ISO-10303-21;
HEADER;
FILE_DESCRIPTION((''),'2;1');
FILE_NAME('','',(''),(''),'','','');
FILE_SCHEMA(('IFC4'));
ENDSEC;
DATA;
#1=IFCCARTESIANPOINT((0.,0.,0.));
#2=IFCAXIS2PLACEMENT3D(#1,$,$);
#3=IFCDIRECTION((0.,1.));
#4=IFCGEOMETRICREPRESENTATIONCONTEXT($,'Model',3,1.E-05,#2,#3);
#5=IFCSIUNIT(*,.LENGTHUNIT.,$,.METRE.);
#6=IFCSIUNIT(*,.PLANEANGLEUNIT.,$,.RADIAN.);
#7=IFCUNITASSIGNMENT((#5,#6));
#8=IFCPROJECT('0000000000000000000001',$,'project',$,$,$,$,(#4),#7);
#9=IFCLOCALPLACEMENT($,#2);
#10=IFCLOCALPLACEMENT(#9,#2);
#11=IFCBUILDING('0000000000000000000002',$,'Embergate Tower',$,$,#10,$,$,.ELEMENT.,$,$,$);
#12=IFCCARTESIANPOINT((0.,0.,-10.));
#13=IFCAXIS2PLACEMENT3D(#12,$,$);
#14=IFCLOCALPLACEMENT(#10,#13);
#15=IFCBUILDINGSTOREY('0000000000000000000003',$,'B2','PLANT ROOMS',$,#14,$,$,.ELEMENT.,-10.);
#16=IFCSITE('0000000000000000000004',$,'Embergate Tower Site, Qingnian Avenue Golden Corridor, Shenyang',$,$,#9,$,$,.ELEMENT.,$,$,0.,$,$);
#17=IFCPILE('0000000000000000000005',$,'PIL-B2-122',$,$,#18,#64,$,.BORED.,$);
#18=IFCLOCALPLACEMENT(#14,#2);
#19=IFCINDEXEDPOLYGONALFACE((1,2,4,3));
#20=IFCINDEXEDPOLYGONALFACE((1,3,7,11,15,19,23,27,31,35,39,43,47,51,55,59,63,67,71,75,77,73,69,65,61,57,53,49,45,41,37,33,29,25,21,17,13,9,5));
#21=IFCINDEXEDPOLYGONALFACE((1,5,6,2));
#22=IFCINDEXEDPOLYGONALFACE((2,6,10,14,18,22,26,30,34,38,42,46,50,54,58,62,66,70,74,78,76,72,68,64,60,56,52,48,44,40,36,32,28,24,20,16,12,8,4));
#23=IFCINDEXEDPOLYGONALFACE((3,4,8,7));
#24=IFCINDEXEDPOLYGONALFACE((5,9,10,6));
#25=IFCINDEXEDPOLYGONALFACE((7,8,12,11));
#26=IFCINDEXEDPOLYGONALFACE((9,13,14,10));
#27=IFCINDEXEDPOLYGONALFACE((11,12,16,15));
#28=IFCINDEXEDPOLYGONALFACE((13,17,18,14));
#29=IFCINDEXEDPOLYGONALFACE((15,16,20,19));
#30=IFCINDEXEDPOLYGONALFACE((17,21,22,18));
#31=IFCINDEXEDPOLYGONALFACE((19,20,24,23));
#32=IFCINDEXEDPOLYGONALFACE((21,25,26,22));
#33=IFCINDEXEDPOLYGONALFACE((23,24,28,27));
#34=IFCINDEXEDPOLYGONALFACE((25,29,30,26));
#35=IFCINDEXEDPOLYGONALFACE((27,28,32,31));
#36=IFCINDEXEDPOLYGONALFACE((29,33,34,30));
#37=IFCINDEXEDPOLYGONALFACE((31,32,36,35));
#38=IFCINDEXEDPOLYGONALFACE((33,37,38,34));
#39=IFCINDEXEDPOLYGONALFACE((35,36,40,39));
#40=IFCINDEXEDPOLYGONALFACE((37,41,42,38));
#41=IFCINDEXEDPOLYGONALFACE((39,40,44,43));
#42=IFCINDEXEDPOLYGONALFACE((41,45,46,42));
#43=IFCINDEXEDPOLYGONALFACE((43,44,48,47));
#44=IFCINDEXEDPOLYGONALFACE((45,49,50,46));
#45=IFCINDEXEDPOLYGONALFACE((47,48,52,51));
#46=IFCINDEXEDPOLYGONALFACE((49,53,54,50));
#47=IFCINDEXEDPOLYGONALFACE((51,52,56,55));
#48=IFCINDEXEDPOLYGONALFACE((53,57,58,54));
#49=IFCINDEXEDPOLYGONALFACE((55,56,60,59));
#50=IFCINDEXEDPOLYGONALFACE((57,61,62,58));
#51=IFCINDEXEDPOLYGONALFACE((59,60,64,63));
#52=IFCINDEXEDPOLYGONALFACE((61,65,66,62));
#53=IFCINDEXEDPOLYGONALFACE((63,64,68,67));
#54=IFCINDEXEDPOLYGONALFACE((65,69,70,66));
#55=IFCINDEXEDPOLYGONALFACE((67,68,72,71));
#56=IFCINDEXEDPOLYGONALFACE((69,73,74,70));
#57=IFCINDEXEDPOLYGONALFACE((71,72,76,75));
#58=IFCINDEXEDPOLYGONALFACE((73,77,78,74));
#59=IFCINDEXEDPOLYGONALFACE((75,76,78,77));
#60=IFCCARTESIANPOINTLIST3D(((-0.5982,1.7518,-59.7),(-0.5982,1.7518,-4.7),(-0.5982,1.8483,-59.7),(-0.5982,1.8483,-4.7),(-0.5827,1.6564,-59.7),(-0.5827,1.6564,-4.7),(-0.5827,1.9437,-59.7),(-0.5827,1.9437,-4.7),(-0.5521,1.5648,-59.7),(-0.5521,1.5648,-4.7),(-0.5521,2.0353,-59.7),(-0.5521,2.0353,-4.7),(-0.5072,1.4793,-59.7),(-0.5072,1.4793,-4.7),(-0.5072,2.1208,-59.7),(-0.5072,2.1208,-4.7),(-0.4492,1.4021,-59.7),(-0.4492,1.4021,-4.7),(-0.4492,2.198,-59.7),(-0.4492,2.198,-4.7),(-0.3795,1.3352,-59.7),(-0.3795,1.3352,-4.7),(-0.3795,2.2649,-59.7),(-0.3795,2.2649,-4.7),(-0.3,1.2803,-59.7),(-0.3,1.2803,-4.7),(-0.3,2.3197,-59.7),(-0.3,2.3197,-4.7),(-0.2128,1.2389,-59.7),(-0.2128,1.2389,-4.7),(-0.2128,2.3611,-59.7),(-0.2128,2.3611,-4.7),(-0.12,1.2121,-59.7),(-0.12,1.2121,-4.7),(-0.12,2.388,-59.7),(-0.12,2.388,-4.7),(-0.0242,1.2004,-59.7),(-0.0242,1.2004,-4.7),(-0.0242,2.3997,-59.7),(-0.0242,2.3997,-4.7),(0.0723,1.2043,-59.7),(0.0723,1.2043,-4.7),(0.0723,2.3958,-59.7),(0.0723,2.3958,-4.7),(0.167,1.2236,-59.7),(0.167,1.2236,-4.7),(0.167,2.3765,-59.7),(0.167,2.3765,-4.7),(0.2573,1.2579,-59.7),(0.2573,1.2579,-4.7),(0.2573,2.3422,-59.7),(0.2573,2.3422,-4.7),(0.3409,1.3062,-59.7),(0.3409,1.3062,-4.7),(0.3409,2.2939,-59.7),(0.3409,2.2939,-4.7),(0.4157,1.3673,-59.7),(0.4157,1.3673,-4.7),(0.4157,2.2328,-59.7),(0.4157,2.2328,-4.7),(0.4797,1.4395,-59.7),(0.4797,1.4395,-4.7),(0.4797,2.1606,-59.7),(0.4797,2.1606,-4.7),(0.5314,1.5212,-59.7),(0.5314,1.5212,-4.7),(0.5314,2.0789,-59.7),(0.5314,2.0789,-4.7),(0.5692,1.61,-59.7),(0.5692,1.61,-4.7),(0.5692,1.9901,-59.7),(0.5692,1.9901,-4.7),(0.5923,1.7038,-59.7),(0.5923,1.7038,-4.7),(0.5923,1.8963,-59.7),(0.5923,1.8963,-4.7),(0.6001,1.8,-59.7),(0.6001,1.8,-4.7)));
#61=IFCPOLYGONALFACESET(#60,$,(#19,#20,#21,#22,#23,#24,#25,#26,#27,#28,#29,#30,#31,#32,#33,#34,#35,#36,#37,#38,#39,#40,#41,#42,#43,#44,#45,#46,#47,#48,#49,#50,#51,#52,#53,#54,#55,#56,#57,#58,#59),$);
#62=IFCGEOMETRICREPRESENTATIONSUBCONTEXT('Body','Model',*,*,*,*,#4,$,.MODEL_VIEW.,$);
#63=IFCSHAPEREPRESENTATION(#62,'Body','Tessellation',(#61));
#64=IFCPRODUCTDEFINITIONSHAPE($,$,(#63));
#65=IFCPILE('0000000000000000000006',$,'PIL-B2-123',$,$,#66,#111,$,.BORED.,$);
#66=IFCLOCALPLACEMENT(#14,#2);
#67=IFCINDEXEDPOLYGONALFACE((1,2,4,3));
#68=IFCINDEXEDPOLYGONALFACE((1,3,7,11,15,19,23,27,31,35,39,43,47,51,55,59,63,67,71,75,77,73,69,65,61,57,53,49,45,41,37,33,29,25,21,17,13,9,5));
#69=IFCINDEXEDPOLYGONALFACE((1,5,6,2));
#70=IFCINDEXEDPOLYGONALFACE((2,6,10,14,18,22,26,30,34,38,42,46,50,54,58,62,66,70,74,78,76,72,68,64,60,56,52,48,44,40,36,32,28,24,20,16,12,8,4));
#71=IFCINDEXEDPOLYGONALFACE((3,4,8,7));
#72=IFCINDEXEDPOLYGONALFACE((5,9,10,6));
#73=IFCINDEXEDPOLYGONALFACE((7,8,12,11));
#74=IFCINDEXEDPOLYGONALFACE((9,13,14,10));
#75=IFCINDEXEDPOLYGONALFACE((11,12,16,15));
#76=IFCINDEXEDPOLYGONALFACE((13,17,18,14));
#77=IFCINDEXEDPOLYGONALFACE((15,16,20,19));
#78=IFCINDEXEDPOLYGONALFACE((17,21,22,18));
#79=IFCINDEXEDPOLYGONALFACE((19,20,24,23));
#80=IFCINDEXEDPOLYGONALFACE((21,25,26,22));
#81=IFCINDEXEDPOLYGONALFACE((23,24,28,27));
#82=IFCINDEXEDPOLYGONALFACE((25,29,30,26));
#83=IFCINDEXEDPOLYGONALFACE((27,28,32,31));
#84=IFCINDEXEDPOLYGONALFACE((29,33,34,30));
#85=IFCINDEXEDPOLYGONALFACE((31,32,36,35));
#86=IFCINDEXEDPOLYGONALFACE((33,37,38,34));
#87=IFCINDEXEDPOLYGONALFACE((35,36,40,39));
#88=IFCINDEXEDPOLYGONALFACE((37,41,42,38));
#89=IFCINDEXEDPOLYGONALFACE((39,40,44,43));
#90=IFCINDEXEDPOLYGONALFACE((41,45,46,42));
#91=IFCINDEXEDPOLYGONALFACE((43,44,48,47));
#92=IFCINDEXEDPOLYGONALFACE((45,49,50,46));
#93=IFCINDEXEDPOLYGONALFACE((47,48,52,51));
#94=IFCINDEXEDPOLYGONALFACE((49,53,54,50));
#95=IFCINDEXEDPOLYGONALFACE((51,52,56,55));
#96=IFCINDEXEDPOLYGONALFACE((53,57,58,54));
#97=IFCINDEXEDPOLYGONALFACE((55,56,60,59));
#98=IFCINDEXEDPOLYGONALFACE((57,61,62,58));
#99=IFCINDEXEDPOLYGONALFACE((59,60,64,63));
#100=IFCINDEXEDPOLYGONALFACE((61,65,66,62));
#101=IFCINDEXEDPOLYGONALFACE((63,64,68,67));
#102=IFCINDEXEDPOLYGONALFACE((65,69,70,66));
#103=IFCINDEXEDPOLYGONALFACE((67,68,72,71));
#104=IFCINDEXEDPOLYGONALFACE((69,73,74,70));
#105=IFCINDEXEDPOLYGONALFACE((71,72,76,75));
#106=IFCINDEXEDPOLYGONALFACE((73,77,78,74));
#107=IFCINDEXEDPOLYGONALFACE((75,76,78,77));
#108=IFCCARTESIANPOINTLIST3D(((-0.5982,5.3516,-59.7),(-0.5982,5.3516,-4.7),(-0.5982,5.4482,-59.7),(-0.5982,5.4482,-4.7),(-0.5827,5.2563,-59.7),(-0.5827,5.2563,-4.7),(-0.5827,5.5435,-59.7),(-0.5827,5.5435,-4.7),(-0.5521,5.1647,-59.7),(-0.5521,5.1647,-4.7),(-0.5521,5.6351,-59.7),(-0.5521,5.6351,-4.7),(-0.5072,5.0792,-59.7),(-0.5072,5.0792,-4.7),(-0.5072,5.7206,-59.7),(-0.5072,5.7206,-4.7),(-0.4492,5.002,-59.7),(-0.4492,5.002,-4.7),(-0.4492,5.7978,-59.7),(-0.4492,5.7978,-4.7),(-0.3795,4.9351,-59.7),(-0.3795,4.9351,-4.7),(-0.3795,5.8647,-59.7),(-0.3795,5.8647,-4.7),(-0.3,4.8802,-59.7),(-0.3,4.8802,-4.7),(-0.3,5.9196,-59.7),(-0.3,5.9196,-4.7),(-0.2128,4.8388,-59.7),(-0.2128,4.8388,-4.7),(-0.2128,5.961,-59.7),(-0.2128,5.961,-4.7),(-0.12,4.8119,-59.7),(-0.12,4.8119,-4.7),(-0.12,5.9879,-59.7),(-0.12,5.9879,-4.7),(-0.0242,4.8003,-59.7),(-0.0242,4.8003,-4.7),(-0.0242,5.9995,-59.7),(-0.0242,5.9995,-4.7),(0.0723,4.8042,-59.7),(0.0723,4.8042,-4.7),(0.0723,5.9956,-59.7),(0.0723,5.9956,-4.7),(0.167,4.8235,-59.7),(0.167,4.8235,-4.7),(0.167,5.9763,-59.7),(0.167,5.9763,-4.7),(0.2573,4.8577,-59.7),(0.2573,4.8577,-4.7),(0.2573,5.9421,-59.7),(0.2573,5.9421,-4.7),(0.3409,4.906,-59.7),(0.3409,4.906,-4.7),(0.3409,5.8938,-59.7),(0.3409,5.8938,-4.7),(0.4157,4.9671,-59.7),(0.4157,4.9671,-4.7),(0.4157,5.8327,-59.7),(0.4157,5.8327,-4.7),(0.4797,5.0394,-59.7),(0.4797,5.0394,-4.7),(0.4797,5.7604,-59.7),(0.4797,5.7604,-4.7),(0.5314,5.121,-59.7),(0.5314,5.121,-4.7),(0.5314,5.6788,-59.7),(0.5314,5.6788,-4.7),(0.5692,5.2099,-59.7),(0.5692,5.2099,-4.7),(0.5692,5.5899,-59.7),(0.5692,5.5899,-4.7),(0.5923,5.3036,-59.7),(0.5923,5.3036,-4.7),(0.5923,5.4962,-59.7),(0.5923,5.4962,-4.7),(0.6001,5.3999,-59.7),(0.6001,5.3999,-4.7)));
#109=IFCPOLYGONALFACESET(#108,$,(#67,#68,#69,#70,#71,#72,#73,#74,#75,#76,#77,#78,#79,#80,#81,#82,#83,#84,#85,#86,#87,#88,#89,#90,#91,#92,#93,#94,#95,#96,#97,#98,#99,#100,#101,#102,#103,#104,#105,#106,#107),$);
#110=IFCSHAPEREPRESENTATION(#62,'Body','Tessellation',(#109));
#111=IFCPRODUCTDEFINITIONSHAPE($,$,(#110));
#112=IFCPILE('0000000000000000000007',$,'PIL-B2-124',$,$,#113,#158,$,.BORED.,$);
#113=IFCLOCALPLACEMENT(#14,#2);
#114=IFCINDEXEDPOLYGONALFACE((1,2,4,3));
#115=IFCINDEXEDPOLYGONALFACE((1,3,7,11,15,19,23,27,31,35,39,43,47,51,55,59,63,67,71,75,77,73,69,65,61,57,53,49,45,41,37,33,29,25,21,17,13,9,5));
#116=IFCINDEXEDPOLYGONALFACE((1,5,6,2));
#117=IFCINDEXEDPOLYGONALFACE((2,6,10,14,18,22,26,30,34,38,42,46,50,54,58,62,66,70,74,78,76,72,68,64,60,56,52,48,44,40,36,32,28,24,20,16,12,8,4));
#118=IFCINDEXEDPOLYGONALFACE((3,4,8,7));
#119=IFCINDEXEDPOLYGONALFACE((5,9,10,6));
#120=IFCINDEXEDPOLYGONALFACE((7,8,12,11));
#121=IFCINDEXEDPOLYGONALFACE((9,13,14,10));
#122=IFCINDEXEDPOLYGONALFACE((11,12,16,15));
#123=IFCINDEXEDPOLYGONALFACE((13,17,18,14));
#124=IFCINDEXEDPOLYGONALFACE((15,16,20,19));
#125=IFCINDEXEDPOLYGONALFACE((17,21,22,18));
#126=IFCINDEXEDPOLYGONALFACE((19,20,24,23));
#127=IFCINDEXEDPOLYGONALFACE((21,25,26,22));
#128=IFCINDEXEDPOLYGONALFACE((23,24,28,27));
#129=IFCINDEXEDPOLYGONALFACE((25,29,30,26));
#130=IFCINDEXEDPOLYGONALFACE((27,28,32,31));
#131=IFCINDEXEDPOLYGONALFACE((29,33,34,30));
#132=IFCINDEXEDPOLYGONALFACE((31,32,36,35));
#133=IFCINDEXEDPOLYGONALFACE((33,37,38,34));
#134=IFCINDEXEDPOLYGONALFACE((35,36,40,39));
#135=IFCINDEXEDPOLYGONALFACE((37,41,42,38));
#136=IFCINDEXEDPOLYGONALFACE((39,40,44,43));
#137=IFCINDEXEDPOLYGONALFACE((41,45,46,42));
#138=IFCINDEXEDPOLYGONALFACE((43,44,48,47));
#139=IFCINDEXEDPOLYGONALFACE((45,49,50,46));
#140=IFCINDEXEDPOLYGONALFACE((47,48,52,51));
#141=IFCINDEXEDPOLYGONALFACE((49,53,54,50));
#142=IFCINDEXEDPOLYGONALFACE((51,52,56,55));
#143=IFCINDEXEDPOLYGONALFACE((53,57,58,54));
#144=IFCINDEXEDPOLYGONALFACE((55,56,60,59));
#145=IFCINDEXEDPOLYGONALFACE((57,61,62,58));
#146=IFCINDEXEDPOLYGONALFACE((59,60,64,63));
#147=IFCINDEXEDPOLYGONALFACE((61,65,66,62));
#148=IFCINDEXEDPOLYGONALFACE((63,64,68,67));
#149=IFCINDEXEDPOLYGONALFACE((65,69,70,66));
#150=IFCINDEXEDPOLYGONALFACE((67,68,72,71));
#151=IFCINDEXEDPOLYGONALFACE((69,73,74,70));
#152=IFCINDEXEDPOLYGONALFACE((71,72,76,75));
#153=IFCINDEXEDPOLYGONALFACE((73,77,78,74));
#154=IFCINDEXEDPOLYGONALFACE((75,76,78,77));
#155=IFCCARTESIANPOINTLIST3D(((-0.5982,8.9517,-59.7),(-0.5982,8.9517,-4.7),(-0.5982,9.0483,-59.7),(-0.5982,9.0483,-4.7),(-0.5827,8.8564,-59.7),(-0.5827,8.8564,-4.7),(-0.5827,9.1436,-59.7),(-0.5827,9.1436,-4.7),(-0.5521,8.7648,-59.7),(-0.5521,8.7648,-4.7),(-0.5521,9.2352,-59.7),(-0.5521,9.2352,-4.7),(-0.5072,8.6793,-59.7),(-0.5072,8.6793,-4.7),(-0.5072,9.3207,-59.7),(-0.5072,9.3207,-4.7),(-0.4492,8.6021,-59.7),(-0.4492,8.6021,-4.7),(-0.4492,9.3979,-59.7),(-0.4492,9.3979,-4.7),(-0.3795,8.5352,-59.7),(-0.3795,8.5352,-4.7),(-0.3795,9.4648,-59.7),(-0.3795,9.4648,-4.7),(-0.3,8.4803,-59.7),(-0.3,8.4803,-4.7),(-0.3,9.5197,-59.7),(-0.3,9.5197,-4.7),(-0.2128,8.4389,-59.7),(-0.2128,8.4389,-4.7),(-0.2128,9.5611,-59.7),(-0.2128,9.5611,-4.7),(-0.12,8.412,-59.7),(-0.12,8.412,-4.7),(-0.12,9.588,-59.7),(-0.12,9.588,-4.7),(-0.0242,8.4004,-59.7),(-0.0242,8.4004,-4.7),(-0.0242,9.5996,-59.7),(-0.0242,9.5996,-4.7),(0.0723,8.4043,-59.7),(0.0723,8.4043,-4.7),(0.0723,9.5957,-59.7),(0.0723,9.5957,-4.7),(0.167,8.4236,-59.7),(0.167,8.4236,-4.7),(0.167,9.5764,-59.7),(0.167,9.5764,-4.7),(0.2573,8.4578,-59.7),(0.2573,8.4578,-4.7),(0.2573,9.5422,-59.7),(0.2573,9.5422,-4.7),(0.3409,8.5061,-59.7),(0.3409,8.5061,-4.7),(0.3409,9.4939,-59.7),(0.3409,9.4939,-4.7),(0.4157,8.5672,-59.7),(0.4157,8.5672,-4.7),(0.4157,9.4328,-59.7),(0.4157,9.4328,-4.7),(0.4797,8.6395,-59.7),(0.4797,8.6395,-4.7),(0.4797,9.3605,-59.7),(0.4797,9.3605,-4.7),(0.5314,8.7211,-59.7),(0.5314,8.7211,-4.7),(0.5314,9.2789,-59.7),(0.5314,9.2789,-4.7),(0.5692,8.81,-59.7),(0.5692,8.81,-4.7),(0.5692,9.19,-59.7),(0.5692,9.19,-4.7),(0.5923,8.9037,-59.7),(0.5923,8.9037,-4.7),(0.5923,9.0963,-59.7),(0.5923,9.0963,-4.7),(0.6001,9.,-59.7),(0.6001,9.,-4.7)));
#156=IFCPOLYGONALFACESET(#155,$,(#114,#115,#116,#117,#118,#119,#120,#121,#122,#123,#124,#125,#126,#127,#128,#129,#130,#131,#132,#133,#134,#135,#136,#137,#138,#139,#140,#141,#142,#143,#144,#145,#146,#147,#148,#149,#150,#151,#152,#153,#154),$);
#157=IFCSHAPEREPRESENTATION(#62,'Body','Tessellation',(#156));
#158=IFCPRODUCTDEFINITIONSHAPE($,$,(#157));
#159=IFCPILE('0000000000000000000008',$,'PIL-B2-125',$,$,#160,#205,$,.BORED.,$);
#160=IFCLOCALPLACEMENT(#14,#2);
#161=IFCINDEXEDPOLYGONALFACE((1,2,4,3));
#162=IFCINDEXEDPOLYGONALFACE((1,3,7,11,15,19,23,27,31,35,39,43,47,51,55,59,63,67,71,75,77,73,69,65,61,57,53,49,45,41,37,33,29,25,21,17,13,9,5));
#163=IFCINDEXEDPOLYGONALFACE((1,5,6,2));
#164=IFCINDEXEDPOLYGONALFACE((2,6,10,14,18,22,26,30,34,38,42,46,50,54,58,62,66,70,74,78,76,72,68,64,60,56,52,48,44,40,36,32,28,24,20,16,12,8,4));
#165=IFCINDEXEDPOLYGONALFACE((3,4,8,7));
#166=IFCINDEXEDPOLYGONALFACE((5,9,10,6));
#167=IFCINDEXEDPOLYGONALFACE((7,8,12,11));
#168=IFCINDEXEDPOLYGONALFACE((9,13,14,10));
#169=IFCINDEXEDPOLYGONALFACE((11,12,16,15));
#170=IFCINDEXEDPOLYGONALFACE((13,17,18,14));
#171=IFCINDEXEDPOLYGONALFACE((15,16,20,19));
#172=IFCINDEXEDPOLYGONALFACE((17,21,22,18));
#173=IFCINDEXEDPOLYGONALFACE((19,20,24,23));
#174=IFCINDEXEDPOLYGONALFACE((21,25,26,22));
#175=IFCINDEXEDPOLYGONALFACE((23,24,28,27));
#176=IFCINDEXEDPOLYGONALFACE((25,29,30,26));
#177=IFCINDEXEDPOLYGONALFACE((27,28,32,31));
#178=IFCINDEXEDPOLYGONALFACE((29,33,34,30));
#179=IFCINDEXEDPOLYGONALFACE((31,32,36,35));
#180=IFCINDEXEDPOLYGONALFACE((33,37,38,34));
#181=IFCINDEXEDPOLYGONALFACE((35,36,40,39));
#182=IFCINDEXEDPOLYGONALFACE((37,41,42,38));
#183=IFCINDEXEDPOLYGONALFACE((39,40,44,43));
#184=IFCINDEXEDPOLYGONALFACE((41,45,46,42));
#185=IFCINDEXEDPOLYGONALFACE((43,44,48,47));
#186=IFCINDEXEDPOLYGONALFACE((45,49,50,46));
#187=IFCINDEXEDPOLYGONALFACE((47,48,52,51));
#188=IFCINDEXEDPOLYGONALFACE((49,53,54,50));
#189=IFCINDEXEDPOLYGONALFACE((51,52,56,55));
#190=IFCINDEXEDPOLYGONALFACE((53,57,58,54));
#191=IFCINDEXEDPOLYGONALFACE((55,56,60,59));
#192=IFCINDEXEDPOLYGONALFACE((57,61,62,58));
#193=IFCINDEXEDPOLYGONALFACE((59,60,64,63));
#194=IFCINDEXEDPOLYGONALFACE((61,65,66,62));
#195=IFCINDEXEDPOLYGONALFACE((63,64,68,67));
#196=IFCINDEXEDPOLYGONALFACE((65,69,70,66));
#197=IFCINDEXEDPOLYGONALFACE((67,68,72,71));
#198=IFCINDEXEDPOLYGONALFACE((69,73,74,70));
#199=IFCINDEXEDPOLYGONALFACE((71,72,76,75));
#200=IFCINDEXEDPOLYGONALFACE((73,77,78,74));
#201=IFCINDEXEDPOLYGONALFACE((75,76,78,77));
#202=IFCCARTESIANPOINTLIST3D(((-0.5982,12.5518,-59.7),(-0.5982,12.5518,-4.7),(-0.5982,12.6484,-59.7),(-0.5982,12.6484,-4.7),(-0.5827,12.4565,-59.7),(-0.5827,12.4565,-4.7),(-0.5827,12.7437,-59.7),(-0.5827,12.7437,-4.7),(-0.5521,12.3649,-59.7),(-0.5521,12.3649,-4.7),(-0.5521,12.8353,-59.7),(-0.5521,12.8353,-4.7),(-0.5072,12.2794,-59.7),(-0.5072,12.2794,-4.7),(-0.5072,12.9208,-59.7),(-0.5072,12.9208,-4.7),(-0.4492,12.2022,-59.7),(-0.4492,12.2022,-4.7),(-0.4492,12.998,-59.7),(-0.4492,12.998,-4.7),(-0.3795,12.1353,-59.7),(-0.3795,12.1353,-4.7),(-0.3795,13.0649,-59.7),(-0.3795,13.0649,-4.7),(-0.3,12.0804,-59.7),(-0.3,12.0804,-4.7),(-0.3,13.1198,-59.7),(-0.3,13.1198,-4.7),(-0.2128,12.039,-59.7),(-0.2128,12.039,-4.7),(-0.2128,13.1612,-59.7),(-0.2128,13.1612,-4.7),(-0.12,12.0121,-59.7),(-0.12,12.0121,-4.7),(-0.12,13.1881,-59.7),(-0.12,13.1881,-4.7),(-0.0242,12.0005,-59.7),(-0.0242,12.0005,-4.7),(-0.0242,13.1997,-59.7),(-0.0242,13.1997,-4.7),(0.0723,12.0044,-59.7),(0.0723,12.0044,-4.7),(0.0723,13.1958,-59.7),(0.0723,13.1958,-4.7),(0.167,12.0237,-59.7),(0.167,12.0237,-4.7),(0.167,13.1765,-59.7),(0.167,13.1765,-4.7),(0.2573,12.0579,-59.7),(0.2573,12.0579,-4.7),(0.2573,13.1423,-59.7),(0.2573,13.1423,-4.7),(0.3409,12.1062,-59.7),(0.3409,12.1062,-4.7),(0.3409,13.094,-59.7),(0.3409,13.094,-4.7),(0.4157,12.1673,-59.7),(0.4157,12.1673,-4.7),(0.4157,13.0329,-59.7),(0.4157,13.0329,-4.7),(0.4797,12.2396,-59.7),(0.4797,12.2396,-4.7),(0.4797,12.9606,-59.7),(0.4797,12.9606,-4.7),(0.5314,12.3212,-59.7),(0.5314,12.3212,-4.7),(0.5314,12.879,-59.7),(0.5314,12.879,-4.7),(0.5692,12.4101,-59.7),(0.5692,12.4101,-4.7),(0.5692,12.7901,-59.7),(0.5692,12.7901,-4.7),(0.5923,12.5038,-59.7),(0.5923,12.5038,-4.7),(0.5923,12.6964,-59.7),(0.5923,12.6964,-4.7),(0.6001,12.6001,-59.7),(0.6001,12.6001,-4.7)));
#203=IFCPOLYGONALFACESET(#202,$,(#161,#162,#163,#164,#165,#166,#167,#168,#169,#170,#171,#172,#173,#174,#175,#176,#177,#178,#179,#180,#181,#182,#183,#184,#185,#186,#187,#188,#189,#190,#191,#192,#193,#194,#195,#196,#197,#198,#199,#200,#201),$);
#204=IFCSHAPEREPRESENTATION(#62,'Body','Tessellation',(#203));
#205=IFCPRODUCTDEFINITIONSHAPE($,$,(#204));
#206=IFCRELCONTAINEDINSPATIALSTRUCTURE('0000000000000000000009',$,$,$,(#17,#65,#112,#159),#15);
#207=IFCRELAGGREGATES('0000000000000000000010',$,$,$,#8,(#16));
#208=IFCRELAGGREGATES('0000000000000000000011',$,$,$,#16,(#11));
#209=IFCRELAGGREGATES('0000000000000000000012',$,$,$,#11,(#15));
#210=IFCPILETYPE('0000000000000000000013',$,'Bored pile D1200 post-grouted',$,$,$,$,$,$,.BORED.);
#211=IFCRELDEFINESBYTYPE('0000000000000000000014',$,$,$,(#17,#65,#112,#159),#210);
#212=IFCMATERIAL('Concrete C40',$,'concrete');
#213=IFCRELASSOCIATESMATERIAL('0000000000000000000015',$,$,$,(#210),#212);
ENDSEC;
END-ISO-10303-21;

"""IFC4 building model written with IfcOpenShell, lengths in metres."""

from ifc_helpers import new_model, si_unit, direction, frame, origin, origin_2d, place, context, subcontext, project, spatial, circle, extrude, source, transform, mapped, material, material_profile, profile_set, type_object, element, save


model = new_model("IFC4")

# Units and contexts
model_context = context("Model", 3, precision=1e-05, world=origin(), true_north=direction((0.0, 1.0)))
body_context = subcontext(model_context, "Body", "Model", "MODEL_VIEW")
ifc_project = project(units=[si_unit("LENGTHUNIT", "METRE"), si_unit("PLANEANGLEUNIT", "RADIAN")], contexts=[model_context])

# Site, building, storey
site_placement = place(None, origin())
site = spatial("IfcSite", under=ifc_project, at=site_placement, Name="Embergate Tower Site, Qingnian Avenue Golden Corridor, Shenyang", CompositionType="ELEMENT", RefElevation=0.0)
building_placement = place(site_placement, origin())
building = spatial("IfcBuilding", under=site, at=building_placement, Name="Embergate Tower", CompositionType="ELEMENT")
storey_placement = place(building_placement, frame((0.0, 0.0, -10.0)))
storey = spatial("IfcBuildingStorey", under=building, at=storey_placement, Name="B2", Description="PLANT ROOMS", CompositionType="ELEMENT", Elevation=-10.0)

# Piles
ifc_material_1 = material(Name="Concrete C40", Category="concrete")
ifc_material_profile = material_profile(ifc_material_1, circle(Radius=0.6001, at=origin_2d()), Name="D1200")
ifc_profile_set = profile_set([ifc_material_profile], Name="Concrete C40")
pile_type = type_object("IfcPileType", Name="Bored pile D1200 post-grouted", PredefinedType="BORED", material=ifc_profile_set)
shared_shape_1 = source(origin(), body_context, "Body", "SweptSolid", [
    extrude(circle(Radius=0.6001, at=origin_2d()), origin(), (0.0, 0.0, 1.0), 55.0),
])
for number, where, z_axis, x_axis, name in (
    (1, (0.0, 1.8, -4.7), (0.0, 0.0, -1.0), (1.0, 0.0, 0.0), "PIL-B2-122"),
    (2, (0.0, 5.3999, -4.7), (0.0, 0.0, -1.0), (1.0, 0.0, 0.0), "PIL-B2-123"),
    (3, (0.0, 9.0, -4.7), (0.0, 0.0, -1.0), (1.0, 0.0, 0.0), "PIL-B2-124"),
    (4, (0.0, 12.6001, -4.7), (0.0, 0.0, -1.0), (1.0, 0.0, 0.0), "PIL-B2-125"),
):
    element("IfcPile", number, at=place(storey_placement, frame(where, z_axis=z_axis, x_axis=x_axis)), inside=storey, type_object=pile_type, Name=name, PredefinedType="BORED", context=body_context, shape_type="MappedRepresentation", body=[
        mapped(shared_shape_1, transform((0.0, 0.0, 0.0))),
    ])

save(model, "model.ifc")
